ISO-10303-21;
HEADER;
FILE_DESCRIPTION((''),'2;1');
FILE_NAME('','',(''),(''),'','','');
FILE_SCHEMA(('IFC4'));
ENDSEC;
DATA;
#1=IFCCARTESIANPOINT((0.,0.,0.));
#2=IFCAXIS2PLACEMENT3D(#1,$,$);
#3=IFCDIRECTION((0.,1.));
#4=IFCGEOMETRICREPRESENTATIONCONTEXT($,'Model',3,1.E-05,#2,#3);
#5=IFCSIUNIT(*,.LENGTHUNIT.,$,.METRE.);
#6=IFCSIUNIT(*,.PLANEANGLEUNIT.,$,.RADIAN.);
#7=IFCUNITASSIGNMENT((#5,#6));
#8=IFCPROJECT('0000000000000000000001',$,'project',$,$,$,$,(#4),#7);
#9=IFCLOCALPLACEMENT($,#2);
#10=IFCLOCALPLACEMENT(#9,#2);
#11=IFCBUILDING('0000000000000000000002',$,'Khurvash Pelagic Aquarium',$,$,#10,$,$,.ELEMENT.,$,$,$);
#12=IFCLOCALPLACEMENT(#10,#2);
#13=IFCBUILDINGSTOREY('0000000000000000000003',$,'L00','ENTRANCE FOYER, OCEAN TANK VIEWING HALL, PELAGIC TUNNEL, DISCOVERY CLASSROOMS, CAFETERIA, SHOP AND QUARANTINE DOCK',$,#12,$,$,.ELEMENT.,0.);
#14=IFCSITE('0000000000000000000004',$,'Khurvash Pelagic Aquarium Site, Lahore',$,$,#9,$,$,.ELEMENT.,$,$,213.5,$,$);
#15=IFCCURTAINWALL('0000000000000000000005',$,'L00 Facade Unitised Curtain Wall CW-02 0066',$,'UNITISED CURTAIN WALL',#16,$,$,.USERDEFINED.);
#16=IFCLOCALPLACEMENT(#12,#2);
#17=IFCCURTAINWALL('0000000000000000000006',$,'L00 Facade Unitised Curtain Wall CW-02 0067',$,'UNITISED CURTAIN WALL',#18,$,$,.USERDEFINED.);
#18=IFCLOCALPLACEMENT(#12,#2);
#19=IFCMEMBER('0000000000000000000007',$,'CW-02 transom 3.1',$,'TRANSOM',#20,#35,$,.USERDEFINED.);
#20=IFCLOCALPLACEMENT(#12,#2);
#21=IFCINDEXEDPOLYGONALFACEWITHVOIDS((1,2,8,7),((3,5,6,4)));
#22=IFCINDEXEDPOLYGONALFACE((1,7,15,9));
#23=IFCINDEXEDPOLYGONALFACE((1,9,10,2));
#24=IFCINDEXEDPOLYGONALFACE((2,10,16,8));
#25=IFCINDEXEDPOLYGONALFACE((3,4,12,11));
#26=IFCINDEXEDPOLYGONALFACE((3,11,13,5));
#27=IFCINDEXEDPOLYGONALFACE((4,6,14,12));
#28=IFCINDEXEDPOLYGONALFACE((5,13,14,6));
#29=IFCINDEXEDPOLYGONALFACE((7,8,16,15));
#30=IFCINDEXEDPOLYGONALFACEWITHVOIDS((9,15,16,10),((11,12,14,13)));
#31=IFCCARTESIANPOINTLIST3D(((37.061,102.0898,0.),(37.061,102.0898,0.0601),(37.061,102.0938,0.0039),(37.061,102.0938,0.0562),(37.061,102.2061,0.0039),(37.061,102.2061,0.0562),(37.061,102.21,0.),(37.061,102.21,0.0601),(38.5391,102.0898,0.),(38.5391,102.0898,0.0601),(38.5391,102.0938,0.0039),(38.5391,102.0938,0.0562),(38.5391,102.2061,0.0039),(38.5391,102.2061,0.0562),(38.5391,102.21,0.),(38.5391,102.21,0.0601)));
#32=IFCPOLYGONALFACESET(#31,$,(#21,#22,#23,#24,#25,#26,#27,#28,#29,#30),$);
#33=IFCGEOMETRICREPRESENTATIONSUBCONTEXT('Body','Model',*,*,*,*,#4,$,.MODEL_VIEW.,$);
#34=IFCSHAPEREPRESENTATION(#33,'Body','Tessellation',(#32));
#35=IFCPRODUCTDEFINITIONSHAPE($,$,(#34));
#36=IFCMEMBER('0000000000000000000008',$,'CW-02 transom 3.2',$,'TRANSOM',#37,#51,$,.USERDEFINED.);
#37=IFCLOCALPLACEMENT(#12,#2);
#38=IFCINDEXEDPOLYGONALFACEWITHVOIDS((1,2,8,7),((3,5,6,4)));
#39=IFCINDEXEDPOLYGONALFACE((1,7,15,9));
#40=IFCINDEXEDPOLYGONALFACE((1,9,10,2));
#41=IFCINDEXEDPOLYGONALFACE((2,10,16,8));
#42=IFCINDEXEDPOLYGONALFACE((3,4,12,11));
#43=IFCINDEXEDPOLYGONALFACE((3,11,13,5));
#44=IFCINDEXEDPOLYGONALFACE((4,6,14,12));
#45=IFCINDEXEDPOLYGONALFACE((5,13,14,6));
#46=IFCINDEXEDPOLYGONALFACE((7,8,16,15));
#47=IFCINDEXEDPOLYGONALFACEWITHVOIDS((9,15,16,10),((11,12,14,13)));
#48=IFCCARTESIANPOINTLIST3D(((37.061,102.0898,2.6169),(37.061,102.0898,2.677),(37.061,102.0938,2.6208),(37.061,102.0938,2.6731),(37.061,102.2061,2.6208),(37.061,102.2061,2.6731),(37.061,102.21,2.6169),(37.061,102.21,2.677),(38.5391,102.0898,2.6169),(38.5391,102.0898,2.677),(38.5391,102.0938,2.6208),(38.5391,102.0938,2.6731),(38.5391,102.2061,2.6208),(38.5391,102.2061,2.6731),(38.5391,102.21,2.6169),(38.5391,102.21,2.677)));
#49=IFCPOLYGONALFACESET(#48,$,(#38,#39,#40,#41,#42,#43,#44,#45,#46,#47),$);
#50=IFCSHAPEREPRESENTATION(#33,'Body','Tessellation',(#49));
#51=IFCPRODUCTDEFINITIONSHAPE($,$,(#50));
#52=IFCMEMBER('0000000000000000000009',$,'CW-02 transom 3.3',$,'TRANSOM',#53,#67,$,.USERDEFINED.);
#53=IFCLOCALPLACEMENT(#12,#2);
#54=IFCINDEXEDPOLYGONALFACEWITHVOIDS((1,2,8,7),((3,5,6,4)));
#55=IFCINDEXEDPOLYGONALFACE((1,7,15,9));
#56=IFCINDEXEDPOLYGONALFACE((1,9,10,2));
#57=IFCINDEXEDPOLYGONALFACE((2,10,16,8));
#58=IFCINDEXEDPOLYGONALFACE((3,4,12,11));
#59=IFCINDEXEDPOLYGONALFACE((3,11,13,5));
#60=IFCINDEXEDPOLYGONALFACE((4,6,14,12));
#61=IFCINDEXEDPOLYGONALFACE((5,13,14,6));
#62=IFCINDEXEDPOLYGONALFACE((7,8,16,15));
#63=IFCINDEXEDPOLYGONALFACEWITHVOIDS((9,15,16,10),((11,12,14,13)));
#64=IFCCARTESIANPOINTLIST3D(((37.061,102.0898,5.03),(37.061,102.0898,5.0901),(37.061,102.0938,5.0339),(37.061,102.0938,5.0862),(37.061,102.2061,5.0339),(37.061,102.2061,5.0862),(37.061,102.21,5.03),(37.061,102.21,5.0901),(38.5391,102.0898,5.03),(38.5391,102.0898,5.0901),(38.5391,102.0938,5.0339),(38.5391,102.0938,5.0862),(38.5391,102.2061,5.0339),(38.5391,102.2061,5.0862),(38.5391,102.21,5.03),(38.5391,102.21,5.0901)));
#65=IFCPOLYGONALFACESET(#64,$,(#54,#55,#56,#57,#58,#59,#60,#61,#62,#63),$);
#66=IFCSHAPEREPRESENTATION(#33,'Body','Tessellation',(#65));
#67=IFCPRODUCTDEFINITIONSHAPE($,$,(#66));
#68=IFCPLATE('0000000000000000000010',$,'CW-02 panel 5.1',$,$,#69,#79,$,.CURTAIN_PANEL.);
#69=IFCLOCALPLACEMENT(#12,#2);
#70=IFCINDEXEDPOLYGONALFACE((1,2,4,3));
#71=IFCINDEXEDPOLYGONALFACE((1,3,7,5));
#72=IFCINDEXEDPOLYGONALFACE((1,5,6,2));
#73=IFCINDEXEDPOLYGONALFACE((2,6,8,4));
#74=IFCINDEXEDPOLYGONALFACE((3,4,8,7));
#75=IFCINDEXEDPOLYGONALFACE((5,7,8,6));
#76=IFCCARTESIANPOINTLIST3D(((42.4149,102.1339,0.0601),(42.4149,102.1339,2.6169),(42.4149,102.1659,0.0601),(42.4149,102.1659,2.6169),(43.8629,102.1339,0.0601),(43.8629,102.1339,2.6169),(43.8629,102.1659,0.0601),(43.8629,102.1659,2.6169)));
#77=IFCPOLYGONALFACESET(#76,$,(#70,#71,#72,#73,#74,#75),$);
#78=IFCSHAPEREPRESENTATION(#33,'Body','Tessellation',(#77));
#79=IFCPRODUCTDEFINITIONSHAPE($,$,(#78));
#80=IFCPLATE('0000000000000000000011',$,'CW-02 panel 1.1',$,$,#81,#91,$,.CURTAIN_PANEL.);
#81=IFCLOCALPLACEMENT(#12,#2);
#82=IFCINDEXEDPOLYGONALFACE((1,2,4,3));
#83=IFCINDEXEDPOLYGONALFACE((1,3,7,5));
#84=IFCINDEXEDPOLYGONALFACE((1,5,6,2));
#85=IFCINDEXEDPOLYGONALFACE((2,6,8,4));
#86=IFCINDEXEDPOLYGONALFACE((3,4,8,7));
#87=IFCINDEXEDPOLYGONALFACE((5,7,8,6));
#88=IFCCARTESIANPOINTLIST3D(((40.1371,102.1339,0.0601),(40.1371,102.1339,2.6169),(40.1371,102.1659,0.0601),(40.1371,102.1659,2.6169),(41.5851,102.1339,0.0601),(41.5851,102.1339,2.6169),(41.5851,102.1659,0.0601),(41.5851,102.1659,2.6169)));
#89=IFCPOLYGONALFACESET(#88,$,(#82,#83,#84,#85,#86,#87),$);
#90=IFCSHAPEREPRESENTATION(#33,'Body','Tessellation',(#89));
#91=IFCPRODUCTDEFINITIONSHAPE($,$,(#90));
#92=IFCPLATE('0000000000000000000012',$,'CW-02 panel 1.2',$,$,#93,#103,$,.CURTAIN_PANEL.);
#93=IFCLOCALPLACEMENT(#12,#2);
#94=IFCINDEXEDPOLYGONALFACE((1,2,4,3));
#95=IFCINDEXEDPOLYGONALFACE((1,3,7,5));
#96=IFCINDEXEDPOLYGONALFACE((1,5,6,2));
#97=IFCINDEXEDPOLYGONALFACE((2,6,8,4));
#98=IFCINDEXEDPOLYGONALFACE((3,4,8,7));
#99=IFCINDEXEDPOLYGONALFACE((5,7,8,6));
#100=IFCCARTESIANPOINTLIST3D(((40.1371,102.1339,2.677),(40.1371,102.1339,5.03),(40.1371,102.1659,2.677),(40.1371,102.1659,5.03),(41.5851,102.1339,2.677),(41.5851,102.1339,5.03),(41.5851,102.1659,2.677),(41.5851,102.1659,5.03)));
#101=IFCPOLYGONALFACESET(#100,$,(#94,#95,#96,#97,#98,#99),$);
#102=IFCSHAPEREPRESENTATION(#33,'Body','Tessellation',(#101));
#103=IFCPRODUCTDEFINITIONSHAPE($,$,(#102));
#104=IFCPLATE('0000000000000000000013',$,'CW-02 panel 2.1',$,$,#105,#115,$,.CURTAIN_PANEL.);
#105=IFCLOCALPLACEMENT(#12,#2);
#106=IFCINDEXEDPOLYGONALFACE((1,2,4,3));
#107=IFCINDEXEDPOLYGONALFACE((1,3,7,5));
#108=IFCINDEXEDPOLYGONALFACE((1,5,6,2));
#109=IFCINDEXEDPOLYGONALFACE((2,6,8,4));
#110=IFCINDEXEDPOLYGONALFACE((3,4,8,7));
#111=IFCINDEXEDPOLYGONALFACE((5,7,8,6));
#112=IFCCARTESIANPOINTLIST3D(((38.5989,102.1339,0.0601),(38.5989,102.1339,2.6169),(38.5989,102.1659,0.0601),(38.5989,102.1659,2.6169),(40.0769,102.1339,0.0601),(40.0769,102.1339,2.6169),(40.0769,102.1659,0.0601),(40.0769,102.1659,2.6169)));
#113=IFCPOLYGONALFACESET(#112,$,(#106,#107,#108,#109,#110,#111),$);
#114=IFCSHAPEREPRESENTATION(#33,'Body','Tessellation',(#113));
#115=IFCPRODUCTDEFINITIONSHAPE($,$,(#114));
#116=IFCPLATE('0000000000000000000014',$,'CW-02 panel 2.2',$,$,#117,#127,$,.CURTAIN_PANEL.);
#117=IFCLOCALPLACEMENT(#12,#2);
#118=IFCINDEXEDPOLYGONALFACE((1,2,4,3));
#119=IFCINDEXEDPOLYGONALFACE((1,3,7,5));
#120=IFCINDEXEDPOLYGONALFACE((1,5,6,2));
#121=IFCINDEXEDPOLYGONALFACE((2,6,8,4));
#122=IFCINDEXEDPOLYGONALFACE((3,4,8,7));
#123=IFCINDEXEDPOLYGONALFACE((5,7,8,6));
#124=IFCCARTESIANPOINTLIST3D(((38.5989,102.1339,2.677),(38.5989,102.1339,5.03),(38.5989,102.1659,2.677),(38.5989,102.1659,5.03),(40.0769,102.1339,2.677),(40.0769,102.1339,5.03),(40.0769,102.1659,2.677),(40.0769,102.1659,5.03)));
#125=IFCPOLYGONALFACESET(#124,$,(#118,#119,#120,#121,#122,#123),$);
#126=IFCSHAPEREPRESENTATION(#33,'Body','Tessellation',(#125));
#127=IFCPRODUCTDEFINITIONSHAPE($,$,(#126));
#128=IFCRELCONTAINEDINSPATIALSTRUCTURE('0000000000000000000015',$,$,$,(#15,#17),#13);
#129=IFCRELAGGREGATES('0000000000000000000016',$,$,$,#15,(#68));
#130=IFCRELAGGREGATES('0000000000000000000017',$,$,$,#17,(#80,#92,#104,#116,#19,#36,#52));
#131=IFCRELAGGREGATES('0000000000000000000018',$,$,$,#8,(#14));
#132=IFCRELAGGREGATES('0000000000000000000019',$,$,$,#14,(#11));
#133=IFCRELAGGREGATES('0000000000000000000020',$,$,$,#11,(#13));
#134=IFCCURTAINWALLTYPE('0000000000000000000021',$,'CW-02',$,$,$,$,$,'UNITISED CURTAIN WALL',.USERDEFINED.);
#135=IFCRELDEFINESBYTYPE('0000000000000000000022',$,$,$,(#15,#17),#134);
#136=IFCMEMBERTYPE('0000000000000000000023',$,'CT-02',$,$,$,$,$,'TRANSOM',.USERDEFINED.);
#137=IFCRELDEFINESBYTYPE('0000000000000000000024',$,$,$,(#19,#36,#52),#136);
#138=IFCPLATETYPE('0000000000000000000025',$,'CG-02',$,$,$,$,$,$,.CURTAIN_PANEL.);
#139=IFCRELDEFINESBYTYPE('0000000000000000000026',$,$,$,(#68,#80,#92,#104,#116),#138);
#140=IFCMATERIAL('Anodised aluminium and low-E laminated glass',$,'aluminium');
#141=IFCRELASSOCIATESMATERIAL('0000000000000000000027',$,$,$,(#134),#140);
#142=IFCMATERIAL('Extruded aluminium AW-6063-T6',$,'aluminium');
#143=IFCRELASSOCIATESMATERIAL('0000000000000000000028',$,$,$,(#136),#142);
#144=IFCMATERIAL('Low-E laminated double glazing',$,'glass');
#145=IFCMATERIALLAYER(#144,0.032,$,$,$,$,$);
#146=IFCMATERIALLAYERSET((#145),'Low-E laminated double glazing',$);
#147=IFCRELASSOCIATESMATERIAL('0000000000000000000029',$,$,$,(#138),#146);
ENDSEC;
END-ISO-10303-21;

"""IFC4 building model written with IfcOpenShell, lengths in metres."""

from ifc_helpers import new_model, si_unit, direction, frame, origin, origin_2d, place, context, subcontext, project, spatial, rectangle, hollow_rectangle, extrude, material, layer, layer_set, material_profile, profile_set, type_object, element, aggregate, save


model = new_model("IFC4")

# Units and contexts
model_context = context("Model", 3, precision=1e-05, world=origin(), true_north=direction((0.0, 1.0)))
body_context = subcontext(model_context, "Body", "Model", "MODEL_VIEW")
ifc_project = project(units=[si_unit("LENGTHUNIT", "METRE"), si_unit("PLANEANGLEUNIT", "RADIAN")], contexts=[model_context])

# Site, building, storey
site_placement = place(None, origin())
site = spatial("IfcSite", under=ifc_project, at=site_placement, Name="Khurvash Pelagic Aquarium Site, Lahore", CompositionType="ELEMENT", RefElevation=213.5)
building_placement = place(site_placement, origin())
building = spatial("IfcBuilding", under=site, at=building_placement, Name="Khurvash Pelagic Aquarium", CompositionType="ELEMENT")
storey_placement = place(building_placement, origin())
storey = spatial("IfcBuildingStorey", under=building, at=storey_placement, Name="L00", Description="ENTRANCE FOYER, OCEAN TANK VIEWING HALL, PELAGIC TUNNEL, DISCOVERY CLASSROOMS, CAFETERIA, SHOP AND QUARANTINE DOCK", CompositionType="ELEMENT", Elevation=0.0)

# Curtain wall
ifc_material_1 = material(Name="Anodised aluminium and low-E laminated glass", Category="aluminium")
curtain_wall_type = type_object("IfcCurtainWallType", Name="CW-02", ElementType="UNITISED CURTAIN WALL", PredefinedType="USERDEFINED", material=ifc_material_1)
curtain_wall_1_placement = place(storey_placement, origin())
curtain_wall_1 = element("IfcCurtainWall", 1, at=curtain_wall_1_placement, inside=storey, type_object=curtain_wall_type, Name="L00 Facade Unitised Curtain Wall CW-02 0066", ObjectType="UNITISED CURTAIN WALL", PredefinedType="USERDEFINED")
ifc_material_2 = material(Name="Extruded aluminium AW-6063-T6", Category="aluminium")

# Curtain wall, members
curtain_wall_2_placement = place(storey_placement, origin())
curtain_wall_2 = element("IfcCurtainWall", 2, at=curtain_wall_2_placement, inside=storey, type_object=curtain_wall_type, Name="L00 Facade Unitised Curtain Wall CW-02 0067", ObjectType="UNITISED CURTAIN WALL", PredefinedType="USERDEFINED")
ifc_material_profile_1 = material_profile(ifc_material_2, hollow_rectangle(XDim=0.1201, YDim=0.0601, WallThickness=0.0039, at=origin_2d()), Name="CWT120X60X4")
ifc_profile_set_1 = profile_set([ifc_material_profile_1], Name="Extruded aluminium AW-6063-T6")
member_type_1 = type_object("IfcMemberType", Name="CT-02", ElementType="TRANSOM", PredefinedType="USERDEFINED", material=ifc_profile_set_1)
member_1_placement = place(storey_placement, frame((38.5391, 102.1499, 0.03), z_axis=(-1.0, 0.0, 0.0), x_axis=(0.0, -1.0, 0.0)))
member_1 = element("IfcMember", 3, at=member_1_placement, type_object=member_type_1, Name="CW-02 transom 3.1", ObjectType="TRANSOM", PredefinedType="USERDEFINED", context=body_context, shape_type="SweptSolid", body=[
    extrude(hollow_rectangle(XDim=0.1201, YDim=0.0601, WallThickness=0.0039, at=origin_2d()), origin(), (0.0, 0.0, 1.0), 1.478),
])
member_2_placement = place(storey_placement, frame((38.5391, 102.1499, 2.647), z_axis=(-1.0, 0.0, 0.0), x_axis=(0.0, -1.0, 0.0)))
member_2 = element("IfcMember", 4, at=member_2_placement, type_object=member_type_1, Name="CW-02 transom 3.2", ObjectType="TRANSOM", PredefinedType="USERDEFINED", context=body_context, shape_type="SweptSolid", body=[
    extrude(hollow_rectangle(XDim=0.1201, YDim=0.0601, WallThickness=0.0039, at=origin_2d()), origin(), (0.0, 0.0, 1.0), 1.478),
])
member_3_placement = place(storey_placement, frame((38.5391, 102.1499, 5.0601), z_axis=(-1.0, 0.0, 0.0), x_axis=(0.0, -1.0, 0.0)))
member_3 = element("IfcMember", 5, at=member_3_placement, type_object=member_type_1, Name="CW-02 transom 3.3", ObjectType="TRANSOM", PredefinedType="USERDEFINED", context=body_context, shape_type="SweptSolid", body=[
    extrude(hollow_rectangle(XDim=0.1201, YDim=0.0601, WallThickness=0.0039, at=origin_2d()), origin(), (0.0, 0.0, 1.0), 1.478),
])

# Plates
ifc_material_3 = material(Name="Low-E laminated double glazing", Category="glass")
ifc_layer = layer(ifc_material_3, 0.032)
ifc_layer_set = layer_set([ifc_layer], Name="Low-E laminated double glazing")
plate_type = type_object("IfcPlateType", Name="CG-02", PredefinedType="CURTAIN_PANEL", material=ifc_layer_set)
plate_1_placement = place(storey_placement, frame((43.1389, 102.1499, 0.0601), z_axis=(0.0, 0.0, 1.0), x_axis=(-1.0, 0.0, 0.0)))
plate_1 = element("IfcPlate", 6, at=plate_1_placement, type_object=plate_type, Name="CW-02 panel 5.1", PredefinedType="CURTAIN_PANEL", context=body_context, shape_type="SweptSolid", body=[
    extrude(rectangle(XDim=1.448, YDim=0.032, at=origin_2d()), origin(), (0.0, 0.0, 1.0), 2.5569),
])
aggregate(curtain_wall_1, [plate_1])
plate_2_placement = place(storey_placement, frame((40.8611, 102.1499, 0.0601), z_axis=(0.0, 0.0, 1.0), x_axis=(-1.0, 0.0, 0.0)))
plate_2 = element("IfcPlate", 7, at=plate_2_placement, type_object=plate_type, Name="CW-02 panel 1.1", PredefinedType="CURTAIN_PANEL", context=body_context, shape_type="SweptSolid", body=[
    extrude(rectangle(XDim=1.448, YDim=0.032, at=origin_2d()), origin(), (0.0, 0.0, 1.0), 2.5569),
])
plate_3_placement = place(storey_placement, frame((40.8611, 102.1499, 2.677), z_axis=(0.0, 0.0, 1.0), x_axis=(-1.0, 0.0, 0.0)))
plate_3 = element("IfcPlate", 8, at=plate_3_placement, type_object=plate_type, Name="CW-02 panel 1.2", PredefinedType="CURTAIN_PANEL", context=body_context, shape_type="SweptSolid", body=[
    extrude(rectangle(XDim=1.448, YDim=0.032, at=origin_2d()), origin(), (0.0, 0.0, 1.0), 2.353),
])
plate_4_placement = place(storey_placement, frame((39.3379, 102.1499, 0.0601), z_axis=(0.0, 0.0, 1.0), x_axis=(-1.0, 0.0, 0.0)))
plate_4 = element("IfcPlate", 9, at=plate_4_placement, type_object=plate_type, Name="CW-02 panel 2.1", PredefinedType="CURTAIN_PANEL", context=body_context, shape_type="SweptSolid", body=[
    extrude(rectangle(XDim=1.478, YDim=0.032, at=origin_2d()), origin(), (0.0, 0.0, 1.0), 2.5569),
])
plate_5_placement = place(storey_placement, frame((39.3379, 102.1499, 2.677), z_axis=(0.0, 0.0, 1.0), x_axis=(-1.0, 0.0, 0.0)))
plate_5 = element("IfcPlate", 10, at=plate_5_placement, type_object=plate_type, Name="CW-02 panel 2.2", PredefinedType="CURTAIN_PANEL", context=body_context, shape_type="SweptSolid", body=[
    extrude(rectangle(XDim=1.478, YDim=0.032, at=origin_2d()), origin(), (0.0, 0.0, 1.0), 2.353),
])
aggregate(curtain_wall_2, [plate_2, plate_3, plate_4, plate_5, member_1, member_2, member_3])

save(model, "model.ifc")
